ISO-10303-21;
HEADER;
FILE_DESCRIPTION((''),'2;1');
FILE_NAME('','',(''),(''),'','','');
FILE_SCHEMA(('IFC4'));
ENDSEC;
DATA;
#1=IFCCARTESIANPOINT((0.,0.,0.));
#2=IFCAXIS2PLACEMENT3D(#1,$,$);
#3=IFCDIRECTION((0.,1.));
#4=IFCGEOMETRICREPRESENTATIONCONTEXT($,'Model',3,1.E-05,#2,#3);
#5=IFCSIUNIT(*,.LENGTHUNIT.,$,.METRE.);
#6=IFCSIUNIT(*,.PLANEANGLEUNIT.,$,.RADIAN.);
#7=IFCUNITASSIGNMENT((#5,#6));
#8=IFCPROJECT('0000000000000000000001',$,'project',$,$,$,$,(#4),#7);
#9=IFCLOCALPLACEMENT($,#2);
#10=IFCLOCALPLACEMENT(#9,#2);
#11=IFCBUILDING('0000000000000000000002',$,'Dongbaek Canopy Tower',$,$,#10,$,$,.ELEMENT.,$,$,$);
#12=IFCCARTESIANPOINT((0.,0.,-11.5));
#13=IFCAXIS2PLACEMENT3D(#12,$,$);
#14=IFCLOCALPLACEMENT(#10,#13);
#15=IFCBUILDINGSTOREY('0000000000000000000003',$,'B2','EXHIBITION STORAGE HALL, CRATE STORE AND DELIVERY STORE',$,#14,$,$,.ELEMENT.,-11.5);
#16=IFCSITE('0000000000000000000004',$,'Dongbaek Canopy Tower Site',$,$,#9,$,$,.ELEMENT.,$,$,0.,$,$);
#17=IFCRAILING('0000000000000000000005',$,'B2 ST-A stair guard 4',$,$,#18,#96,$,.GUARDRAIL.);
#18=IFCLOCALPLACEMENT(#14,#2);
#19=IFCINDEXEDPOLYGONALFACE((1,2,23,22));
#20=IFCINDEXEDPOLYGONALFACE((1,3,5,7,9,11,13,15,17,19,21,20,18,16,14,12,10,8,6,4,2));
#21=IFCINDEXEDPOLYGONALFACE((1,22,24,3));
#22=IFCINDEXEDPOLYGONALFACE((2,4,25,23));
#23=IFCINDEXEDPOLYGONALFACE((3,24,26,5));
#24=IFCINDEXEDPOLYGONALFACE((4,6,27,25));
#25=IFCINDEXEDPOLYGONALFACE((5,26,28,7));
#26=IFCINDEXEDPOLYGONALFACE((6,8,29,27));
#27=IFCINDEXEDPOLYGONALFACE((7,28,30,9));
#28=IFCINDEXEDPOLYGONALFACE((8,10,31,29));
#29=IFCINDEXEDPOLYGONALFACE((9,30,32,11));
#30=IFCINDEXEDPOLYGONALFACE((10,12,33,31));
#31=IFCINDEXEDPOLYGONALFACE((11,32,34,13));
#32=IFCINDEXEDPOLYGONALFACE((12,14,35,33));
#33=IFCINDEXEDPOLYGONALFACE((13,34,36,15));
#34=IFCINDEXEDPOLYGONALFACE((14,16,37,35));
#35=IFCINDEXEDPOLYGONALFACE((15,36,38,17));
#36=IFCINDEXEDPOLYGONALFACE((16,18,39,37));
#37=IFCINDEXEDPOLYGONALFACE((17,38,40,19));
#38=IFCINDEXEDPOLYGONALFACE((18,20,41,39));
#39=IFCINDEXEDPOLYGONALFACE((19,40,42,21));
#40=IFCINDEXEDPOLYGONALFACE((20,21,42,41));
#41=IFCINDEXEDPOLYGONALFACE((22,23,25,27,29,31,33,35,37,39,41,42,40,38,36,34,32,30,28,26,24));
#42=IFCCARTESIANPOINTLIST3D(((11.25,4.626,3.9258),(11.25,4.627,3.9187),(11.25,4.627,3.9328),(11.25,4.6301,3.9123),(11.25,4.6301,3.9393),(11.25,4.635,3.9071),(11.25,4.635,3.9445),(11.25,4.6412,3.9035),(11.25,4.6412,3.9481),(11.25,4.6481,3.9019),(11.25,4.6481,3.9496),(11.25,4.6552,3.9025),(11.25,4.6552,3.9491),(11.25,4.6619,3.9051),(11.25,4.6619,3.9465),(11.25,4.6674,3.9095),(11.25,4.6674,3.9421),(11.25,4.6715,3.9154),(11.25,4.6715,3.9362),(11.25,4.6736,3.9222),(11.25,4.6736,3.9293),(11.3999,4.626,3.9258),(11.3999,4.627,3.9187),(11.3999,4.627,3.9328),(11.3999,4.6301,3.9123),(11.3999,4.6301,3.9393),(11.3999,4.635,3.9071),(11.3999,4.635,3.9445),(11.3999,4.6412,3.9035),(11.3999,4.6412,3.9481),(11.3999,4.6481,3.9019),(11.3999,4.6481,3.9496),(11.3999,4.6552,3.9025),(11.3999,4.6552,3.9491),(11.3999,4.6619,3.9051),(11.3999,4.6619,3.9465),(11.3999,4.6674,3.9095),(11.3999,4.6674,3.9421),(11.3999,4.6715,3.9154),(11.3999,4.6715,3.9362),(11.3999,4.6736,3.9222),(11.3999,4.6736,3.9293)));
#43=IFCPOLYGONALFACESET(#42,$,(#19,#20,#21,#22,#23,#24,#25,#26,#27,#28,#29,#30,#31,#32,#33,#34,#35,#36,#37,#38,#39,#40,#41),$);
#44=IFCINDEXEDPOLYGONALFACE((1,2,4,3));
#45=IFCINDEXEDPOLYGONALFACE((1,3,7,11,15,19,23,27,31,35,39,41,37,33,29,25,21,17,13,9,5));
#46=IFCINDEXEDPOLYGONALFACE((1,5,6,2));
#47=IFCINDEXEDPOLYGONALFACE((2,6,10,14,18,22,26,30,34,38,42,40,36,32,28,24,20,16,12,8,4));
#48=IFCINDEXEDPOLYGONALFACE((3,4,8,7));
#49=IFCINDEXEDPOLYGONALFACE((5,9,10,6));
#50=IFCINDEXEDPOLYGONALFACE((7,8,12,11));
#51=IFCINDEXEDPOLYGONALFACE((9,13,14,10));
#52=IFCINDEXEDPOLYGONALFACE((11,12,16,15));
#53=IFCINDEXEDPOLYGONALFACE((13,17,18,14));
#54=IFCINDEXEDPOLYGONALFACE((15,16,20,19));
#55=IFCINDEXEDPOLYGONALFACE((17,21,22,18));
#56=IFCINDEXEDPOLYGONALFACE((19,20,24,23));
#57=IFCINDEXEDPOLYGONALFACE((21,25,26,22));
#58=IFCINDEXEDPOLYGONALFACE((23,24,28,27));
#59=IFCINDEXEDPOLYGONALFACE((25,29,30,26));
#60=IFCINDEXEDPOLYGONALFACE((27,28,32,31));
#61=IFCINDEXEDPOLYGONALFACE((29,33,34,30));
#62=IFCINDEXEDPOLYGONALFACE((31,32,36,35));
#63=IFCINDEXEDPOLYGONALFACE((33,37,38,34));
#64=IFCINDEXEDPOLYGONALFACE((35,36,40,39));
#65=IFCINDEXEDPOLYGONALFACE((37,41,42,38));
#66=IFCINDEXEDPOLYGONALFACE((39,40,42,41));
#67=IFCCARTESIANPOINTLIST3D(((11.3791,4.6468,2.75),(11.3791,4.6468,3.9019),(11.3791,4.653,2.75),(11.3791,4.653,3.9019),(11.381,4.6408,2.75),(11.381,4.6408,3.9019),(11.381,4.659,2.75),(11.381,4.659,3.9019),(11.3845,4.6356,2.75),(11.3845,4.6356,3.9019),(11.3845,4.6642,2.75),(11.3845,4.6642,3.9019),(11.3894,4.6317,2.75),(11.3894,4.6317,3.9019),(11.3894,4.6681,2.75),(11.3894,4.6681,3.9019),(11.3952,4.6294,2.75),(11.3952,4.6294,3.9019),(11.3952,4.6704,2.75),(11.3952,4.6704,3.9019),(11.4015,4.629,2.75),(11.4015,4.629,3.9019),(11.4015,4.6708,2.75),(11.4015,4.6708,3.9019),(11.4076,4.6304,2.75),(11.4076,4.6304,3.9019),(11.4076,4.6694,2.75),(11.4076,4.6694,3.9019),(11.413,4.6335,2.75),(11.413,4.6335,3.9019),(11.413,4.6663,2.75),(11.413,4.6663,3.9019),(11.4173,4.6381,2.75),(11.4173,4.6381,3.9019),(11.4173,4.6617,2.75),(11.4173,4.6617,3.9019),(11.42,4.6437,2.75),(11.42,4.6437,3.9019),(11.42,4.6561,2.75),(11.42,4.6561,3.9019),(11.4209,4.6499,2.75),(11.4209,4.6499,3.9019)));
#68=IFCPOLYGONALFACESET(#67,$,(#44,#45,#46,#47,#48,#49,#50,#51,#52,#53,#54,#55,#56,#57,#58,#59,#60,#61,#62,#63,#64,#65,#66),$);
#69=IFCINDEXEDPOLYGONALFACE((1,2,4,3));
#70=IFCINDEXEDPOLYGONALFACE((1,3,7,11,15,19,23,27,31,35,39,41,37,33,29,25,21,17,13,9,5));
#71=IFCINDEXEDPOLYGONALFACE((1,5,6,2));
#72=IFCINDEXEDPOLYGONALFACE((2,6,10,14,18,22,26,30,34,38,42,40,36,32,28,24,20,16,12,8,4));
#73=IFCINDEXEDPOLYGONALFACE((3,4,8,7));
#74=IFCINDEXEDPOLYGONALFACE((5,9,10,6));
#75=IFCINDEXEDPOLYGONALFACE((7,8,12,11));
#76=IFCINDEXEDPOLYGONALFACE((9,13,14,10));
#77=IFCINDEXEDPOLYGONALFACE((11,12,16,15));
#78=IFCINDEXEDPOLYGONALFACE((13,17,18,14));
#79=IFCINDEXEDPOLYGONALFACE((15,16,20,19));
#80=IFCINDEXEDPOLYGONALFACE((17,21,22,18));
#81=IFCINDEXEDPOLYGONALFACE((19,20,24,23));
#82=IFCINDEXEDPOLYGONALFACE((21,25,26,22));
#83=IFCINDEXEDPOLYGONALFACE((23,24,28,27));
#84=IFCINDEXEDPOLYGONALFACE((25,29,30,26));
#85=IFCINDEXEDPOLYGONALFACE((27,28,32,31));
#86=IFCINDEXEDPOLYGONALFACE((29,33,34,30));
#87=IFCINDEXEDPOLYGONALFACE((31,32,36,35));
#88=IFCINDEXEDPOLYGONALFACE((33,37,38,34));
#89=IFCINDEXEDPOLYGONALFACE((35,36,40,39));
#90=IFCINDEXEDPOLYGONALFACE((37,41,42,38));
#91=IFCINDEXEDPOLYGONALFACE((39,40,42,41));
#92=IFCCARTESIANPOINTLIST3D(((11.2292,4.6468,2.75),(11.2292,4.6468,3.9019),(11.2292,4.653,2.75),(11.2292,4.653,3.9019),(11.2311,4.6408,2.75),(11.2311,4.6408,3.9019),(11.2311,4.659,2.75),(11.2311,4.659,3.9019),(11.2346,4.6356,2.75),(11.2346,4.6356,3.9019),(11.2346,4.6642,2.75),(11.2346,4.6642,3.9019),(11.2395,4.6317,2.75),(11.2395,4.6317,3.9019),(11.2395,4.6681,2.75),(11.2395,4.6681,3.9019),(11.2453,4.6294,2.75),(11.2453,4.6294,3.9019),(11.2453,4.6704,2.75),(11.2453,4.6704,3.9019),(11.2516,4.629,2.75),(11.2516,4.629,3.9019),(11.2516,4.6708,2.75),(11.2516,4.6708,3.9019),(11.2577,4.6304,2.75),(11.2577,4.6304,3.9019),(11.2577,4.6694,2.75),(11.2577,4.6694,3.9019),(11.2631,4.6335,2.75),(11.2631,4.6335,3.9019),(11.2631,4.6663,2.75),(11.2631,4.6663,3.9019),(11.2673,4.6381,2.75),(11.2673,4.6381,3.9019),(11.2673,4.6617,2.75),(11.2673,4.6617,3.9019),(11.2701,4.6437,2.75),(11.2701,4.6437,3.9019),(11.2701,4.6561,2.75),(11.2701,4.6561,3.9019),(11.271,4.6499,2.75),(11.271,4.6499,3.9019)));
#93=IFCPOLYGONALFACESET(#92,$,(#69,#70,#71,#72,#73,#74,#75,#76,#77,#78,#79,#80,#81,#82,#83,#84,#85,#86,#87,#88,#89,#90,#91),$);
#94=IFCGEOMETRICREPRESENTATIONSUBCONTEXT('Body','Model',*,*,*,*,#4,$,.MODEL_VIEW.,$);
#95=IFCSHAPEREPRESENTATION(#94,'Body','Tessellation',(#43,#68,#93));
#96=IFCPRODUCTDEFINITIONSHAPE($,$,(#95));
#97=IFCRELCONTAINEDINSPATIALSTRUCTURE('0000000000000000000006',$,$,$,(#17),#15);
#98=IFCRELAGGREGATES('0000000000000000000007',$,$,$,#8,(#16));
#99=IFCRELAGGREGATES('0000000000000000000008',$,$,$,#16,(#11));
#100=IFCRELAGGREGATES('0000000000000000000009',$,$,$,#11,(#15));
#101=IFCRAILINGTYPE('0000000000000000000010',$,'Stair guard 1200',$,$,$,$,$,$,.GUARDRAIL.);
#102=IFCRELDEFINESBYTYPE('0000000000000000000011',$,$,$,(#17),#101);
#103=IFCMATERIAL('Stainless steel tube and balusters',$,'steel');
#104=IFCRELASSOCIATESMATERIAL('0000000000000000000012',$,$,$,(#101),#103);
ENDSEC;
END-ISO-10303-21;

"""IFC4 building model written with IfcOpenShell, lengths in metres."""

from ifc_helpers import new_model, si_unit, direction, frame, origin, origin_2d, place, context, subcontext, project, spatial, circle, extrude, material, type_object, element, save


model = new_model("IFC4")

# Units and contexts
model_context = context("Model", 3, precision=1e-05, world=origin(), true_north=direction((0.0, 1.0)))
body_context = subcontext(model_context, "Body", "Model", "MODEL_VIEW")
ifc_project = project(units=[si_unit("LENGTHUNIT", "METRE"), si_unit("PLANEANGLEUNIT", "RADIAN")], contexts=[model_context])

# Site, building, storey
site_placement = place(None, origin())
site = spatial("IfcSite", under=ifc_project, at=site_placement, Name="Dongbaek Canopy Tower Site", CompositionType="ELEMENT", RefElevation=0.0)
building_placement = place(site_placement, origin())
building = spatial("IfcBuilding", under=site, at=building_placement, Name="Dongbaek Canopy Tower", CompositionType="ELEMENT")
storey_placement = place(building_placement, frame((0.0, 0.0, -11.5)))
storey = spatial("IfcBuildingStorey", under=building, at=storey_placement, Name="B2", Description="EXHIBITION STORAGE HALL, CRATE STORE AND DELIVERY STORE", CompositionType="ELEMENT", Elevation=-11.5)

# Railing
ifc_material_1 = material(Name="Stainless steel tube and balusters", Category="steel")
railing_type_1 = type_object("IfcRailingType", Name="Stair guard 1200", PredefinedType="GUARDRAIL", material=ifc_material_1)
railing_1_placement = place(storey_placement, frame((11.3999, 4.6499, 2.75)))
element("IfcRailing", 1, at=railing_1_placement, inside=storey, type_object=railing_type_1, Name="B2 ST-A stair guard 4", PredefinedType="GUARDRAIL", context=body_context, shape_type="SweptSolid", body=[
    extrude(circle(Radius=0.0239, at=origin_2d()), frame((0.0, 0.0, 1.1758), z_axis=(-1.0, 0.0, 0.0), x_axis=(0.0, -1.0, 0.0)), (0.0, 0.0, 1.0), 0.1499),
    extrude(circle(Radius=0.021, at=origin_2d()), origin(), (0.0, 0.0, 1.0), 1.1519),
    extrude(circle(Radius=0.021, at=origin_2d()), frame((-0.1499, 0.0, 0.0)), (0.0, 0.0, 1.0), 1.1519),
])

save(model, "model.ifc")
